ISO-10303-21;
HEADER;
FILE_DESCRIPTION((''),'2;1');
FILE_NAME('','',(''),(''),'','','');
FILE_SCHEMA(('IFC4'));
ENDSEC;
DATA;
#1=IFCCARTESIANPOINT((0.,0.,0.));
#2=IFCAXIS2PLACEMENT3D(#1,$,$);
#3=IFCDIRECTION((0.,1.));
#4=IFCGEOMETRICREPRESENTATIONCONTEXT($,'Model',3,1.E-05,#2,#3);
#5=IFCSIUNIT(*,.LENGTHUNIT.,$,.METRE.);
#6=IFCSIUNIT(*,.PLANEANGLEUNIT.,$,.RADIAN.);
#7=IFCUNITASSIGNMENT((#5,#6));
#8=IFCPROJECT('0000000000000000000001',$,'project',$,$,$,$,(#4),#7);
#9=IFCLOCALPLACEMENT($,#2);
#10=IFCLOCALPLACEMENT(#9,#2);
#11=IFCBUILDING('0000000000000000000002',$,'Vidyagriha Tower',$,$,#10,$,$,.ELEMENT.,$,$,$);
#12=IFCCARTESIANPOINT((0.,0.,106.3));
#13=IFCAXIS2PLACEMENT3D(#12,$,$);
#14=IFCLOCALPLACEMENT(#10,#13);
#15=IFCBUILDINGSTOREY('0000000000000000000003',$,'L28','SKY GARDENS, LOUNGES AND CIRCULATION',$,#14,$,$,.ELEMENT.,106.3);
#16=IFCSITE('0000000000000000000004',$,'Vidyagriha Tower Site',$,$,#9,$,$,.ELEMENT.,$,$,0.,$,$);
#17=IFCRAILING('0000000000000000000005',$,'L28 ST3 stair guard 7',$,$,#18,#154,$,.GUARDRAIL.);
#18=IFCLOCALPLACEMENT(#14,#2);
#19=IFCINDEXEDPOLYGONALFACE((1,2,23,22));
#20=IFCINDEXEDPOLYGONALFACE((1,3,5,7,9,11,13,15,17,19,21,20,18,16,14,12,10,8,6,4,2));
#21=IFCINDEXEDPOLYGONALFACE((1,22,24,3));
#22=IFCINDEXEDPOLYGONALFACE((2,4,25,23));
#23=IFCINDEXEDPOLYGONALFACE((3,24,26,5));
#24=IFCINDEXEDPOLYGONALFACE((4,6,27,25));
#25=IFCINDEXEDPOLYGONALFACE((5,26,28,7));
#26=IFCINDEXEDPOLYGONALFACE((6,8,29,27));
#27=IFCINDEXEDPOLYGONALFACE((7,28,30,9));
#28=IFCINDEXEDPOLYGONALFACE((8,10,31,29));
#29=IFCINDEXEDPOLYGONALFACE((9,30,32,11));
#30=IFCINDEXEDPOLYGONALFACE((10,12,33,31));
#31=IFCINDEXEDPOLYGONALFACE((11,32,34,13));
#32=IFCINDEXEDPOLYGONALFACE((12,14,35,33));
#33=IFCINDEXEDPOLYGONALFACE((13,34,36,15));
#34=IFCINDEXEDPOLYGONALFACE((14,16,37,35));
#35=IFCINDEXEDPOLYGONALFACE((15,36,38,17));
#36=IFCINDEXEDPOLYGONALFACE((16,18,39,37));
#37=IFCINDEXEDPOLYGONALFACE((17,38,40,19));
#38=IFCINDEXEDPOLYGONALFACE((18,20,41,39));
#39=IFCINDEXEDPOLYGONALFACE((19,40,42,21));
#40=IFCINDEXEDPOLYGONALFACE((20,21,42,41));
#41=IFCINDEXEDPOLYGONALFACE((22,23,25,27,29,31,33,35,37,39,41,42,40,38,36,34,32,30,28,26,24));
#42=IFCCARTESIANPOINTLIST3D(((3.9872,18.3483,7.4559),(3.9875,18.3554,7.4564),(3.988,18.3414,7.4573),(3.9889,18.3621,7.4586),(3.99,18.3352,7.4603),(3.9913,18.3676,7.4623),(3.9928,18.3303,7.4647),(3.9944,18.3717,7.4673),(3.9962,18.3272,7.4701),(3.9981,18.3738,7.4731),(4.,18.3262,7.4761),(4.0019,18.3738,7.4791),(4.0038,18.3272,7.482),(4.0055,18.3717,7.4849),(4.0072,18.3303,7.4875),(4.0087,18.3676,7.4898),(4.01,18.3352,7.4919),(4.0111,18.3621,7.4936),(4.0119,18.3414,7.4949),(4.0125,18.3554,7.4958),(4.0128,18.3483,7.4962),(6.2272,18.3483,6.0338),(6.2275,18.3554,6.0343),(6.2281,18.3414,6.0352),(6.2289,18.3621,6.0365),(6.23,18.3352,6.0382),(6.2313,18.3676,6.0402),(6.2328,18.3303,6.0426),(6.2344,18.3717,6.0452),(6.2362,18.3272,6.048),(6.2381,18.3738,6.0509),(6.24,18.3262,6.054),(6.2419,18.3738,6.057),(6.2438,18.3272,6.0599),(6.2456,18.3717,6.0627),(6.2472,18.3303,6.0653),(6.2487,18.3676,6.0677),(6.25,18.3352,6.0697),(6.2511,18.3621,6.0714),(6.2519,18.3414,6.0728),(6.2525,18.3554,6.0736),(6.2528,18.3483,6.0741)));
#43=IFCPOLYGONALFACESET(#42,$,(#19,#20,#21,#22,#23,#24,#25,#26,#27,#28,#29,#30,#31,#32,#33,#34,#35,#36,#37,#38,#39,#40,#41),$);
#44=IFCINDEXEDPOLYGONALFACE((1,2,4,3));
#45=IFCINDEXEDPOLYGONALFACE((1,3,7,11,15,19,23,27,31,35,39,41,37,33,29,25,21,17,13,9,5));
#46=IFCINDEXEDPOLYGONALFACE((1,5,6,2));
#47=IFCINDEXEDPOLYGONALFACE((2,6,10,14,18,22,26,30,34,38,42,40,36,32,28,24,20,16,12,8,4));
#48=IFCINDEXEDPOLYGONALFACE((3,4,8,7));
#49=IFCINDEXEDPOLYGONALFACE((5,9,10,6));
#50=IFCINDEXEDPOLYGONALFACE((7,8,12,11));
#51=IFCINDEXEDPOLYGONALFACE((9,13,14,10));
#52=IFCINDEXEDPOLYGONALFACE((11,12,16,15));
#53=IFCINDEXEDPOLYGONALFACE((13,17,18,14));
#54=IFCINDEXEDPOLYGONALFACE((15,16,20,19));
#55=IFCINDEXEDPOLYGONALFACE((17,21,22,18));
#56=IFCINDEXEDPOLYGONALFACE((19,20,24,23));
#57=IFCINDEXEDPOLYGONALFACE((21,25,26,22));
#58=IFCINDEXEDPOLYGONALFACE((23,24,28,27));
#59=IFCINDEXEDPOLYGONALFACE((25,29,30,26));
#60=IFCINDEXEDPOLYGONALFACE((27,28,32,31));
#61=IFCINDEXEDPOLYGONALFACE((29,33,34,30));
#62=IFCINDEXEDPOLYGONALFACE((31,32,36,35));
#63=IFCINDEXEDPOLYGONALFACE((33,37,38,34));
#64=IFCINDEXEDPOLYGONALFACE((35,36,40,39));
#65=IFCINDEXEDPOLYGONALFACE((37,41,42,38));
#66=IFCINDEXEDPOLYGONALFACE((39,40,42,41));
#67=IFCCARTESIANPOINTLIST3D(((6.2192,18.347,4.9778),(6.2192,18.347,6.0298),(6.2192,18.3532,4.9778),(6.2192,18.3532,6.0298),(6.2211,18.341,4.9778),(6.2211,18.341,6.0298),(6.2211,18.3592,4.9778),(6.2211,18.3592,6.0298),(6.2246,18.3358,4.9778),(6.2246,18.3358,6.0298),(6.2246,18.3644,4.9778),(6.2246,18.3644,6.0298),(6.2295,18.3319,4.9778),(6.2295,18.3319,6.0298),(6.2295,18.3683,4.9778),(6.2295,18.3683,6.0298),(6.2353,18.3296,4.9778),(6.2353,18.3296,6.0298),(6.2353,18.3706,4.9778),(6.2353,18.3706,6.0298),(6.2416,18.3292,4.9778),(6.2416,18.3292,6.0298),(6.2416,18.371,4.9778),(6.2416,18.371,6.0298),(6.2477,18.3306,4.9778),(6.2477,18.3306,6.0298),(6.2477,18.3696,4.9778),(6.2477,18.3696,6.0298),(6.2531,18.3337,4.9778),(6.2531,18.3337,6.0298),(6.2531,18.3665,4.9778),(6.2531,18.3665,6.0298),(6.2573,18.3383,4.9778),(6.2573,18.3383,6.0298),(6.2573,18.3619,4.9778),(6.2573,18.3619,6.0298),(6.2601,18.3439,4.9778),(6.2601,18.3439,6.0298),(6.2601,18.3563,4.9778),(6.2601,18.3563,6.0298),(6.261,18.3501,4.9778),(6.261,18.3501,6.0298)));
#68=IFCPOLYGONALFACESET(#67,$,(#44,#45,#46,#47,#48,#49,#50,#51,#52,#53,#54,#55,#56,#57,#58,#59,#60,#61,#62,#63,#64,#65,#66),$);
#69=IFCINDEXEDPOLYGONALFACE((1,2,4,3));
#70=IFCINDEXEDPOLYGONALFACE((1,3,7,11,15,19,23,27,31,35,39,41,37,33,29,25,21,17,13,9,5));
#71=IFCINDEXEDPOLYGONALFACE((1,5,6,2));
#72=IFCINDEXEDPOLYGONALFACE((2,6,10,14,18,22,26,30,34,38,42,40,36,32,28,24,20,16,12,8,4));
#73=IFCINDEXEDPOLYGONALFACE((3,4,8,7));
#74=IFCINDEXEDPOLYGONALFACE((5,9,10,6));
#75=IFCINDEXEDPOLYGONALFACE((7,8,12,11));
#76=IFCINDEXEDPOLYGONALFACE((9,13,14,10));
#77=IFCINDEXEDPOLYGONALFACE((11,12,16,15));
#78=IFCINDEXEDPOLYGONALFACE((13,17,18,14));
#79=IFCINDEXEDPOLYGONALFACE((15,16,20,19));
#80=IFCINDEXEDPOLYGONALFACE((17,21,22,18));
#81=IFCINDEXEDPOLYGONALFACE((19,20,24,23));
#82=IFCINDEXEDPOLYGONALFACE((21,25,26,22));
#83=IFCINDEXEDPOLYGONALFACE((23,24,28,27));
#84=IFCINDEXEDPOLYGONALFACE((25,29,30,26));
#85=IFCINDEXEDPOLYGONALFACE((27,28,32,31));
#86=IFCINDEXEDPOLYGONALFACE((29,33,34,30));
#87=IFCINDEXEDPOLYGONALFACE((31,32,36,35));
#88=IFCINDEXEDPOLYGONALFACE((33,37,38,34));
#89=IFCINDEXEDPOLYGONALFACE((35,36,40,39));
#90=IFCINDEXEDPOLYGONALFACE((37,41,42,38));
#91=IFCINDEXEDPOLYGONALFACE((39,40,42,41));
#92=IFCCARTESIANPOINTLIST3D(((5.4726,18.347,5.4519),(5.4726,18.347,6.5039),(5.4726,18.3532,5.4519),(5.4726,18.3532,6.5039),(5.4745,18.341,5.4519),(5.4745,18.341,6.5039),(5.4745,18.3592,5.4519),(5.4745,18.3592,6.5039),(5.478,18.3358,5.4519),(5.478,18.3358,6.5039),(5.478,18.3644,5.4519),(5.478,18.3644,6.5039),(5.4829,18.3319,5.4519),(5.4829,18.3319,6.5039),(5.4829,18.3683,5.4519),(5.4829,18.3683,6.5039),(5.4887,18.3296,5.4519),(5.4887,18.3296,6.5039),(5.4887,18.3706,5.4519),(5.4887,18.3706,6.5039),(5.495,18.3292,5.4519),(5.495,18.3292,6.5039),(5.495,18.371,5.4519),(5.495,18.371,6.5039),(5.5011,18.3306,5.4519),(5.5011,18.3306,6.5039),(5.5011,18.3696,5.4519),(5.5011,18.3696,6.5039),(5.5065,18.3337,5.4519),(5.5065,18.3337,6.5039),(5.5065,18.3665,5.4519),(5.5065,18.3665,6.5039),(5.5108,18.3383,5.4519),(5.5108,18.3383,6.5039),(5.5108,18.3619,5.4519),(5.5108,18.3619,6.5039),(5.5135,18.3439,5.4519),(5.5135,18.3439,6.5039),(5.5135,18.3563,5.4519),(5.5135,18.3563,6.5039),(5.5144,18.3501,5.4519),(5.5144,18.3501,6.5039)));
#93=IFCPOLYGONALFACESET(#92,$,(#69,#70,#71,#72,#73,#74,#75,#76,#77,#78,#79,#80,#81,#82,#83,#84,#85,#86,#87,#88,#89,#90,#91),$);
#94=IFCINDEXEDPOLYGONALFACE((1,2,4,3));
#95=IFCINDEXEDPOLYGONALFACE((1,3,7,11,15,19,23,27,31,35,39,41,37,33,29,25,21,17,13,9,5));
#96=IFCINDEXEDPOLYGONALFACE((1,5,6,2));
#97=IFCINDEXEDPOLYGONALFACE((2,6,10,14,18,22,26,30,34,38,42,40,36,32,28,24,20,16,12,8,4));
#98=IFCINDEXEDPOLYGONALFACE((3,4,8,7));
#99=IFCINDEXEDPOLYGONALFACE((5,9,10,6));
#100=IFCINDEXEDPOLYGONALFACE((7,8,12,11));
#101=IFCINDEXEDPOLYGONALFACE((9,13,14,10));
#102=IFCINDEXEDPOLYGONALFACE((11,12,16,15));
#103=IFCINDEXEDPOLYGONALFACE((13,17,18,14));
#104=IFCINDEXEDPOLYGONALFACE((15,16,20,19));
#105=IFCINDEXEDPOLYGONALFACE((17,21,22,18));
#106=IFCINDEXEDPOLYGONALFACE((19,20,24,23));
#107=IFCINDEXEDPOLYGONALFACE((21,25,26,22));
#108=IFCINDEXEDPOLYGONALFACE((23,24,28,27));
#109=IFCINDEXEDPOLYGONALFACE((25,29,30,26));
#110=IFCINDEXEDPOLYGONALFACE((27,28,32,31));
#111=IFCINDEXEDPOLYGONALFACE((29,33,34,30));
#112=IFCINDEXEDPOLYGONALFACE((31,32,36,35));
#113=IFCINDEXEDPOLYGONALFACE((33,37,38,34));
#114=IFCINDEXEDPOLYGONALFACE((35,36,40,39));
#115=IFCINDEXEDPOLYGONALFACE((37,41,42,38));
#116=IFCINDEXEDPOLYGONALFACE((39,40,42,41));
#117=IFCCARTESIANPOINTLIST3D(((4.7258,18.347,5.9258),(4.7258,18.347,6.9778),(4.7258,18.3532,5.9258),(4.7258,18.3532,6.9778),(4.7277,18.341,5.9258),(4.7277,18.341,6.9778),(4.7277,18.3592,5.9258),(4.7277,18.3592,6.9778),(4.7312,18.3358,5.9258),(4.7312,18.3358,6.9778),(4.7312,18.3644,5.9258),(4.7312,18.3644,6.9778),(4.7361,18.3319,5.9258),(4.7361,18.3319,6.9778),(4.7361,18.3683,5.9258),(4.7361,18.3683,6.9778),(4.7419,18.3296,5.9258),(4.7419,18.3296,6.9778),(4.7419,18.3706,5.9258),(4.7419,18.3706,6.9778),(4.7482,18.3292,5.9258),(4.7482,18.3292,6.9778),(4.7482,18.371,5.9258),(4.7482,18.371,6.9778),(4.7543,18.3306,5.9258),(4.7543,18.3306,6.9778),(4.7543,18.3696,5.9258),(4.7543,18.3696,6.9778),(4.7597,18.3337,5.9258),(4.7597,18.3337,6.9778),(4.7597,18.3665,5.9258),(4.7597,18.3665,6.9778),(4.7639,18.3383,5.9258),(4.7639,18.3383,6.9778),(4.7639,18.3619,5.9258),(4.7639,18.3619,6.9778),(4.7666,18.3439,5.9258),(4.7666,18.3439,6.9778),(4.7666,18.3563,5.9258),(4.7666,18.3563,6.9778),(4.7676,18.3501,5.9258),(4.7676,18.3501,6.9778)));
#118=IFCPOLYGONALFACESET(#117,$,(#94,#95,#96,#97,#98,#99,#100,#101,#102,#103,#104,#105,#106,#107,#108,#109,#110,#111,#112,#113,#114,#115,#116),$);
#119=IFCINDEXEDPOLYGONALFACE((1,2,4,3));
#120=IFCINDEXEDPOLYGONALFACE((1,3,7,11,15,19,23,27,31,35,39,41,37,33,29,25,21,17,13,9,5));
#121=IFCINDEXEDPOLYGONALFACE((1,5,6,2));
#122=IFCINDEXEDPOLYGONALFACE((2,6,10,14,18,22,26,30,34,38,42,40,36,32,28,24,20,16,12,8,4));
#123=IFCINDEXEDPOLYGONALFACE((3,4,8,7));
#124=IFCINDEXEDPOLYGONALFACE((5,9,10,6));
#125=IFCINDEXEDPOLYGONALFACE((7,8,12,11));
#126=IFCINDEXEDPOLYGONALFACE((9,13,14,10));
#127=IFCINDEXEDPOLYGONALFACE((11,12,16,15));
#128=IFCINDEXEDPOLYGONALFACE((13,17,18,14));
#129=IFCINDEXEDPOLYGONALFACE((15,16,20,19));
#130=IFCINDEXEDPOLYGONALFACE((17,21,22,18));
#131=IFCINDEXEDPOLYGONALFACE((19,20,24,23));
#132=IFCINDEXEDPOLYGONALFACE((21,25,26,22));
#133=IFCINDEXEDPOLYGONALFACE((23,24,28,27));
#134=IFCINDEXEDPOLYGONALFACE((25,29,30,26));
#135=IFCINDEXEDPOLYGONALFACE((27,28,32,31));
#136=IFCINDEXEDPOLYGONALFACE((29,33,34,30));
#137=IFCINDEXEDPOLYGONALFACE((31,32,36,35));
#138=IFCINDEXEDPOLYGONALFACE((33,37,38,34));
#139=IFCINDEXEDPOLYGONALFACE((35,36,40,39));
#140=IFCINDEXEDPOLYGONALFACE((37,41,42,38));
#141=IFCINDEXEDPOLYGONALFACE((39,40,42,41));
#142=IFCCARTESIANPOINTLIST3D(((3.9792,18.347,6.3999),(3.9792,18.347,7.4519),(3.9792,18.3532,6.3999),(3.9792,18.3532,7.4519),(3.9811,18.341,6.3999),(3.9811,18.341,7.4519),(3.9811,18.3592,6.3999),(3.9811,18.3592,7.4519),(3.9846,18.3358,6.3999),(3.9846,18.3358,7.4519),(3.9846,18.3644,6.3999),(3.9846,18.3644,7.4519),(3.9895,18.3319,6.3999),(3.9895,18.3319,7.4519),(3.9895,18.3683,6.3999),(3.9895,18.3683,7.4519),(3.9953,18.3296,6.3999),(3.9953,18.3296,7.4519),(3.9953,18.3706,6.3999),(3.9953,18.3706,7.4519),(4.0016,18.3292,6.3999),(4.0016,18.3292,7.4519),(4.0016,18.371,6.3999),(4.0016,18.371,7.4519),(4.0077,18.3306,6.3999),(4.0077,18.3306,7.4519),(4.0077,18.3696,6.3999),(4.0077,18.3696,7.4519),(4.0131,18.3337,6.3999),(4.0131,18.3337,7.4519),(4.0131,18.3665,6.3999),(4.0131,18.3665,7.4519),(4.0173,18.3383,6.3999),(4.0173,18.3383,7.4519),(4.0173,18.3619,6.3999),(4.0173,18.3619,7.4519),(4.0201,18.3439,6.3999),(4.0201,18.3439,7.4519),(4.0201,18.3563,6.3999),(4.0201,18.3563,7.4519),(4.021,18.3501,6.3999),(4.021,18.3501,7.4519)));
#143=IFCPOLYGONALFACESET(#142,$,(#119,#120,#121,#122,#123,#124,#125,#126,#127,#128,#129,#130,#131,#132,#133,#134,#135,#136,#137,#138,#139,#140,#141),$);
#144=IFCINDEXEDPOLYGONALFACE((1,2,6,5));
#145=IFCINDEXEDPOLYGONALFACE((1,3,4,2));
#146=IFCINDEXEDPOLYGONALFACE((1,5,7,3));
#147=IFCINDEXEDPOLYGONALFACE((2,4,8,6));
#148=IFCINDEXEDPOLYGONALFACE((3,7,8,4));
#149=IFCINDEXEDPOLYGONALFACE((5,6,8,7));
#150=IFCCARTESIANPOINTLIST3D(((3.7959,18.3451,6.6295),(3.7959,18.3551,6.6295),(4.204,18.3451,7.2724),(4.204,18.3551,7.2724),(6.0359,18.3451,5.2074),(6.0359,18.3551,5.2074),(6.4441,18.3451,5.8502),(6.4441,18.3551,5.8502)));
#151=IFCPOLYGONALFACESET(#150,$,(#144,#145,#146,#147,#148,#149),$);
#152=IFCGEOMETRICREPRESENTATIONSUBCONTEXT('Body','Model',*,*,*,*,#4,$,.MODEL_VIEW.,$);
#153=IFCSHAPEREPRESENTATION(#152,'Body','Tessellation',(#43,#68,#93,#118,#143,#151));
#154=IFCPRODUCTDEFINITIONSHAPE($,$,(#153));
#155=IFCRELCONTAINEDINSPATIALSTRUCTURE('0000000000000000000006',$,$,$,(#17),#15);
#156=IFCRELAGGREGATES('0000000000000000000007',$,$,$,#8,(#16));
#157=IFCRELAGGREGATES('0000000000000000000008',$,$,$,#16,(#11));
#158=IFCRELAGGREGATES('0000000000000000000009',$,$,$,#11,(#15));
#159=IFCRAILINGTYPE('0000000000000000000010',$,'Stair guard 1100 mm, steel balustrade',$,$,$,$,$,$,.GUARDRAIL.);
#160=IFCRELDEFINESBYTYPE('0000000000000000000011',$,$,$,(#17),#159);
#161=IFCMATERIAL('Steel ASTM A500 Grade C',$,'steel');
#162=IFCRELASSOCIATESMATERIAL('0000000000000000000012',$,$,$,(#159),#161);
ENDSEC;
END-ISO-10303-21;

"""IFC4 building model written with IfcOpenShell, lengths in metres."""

from ifc_helpers import new_model, si_unit, direction, frame, origin, origin_2d, place, context, subcontext, project, spatial, rectangle, circle, extrude, material, type_object, element, save


model = new_model("IFC4")

# Units and contexts
model_context = context("Model", 3, precision=1e-05, world=origin(), true_north=direction((0.0, 1.0)))
body_context = subcontext(model_context, "Body", "Model", "MODEL_VIEW")
ifc_project = project(units=[si_unit("LENGTHUNIT", "METRE"), si_unit("PLANEANGLEUNIT", "RADIAN")], contexts=[model_context])

# Site, building, storey
site_placement = place(None, origin())
site = spatial("IfcSite", under=ifc_project, at=site_placement, Name="Vidyagriha Tower Site", CompositionType="ELEMENT", RefElevation=0.0)
building_placement = place(site_placement, origin())
building = spatial("IfcBuilding", under=site, at=building_placement, Name="Vidyagriha Tower", CompositionType="ELEMENT")
storey_placement = place(building_placement, frame((0.0, 0.0, 106.3)))
storey = spatial("IfcBuildingStorey", under=building, at=storey_placement, Name="L28", Description="SKY GARDENS, LOUNGES AND CIRCULATION", CompositionType="ELEMENT", Elevation=106.3)

# Railing
ifc_material_1 = material(Name="Steel ASTM A500 Grade C", Category="steel")
railing_type_1 = type_object("IfcRailingType", Name="Stair guard 1100 mm, steel balustrade", PredefinedType="GUARDRAIL", material=ifc_material_1)
railing_1_placement = place(storey_placement, frame((6.24, 18.3501, 4.9778)))
element("IfcRailing", 1, at=railing_1_placement, inside=storey, type_object=railing_type_1, Name="L28 ST3 stair guard 7", PredefinedType="GUARDRAIL", context=body_context, shape_type="SweptSolid", body=[
    extrude(circle(Radius=0.0239, at=origin_2d()), frame((0.0, 0.0, 1.0762), z_axis=(-0.844229, 0.0, 0.535982), x_axis=(0.0, -1.0, 0.0)), (0.0, 0.0, 1.0), 2.6533),
    extrude(circle(Radius=0.021, at=origin_2d()), origin(), (0.0, 0.0, 1.0), 1.052),
    extrude(circle(Radius=0.021, at=origin_2d()), frame((-0.7466, 0.0, 0.4741)), (0.0, 0.0, 1.0), 1.052),
    extrude(circle(Radius=0.021, at=origin_2d()), frame((-1.4934, 0.0, 0.948)), (0.0, 0.0, 1.0), 1.052),
    extrude(circle(Radius=0.021, at=origin_2d()), frame((-2.24, 0.0, 1.4221)), (0.0, 0.0, 1.0), 1.052),
    extrude(rectangle(XDim=0.01, YDim=0.7615, at=origin_2d()), frame((0.0, 0.0, 0.551), z_axis=(-0.844229, 0.0, 0.535982), x_axis=(0.0, -1.0, 0.0)), (0.0, 0.0, 1.0), 2.6533),
])

save(model, "model.ifc")
